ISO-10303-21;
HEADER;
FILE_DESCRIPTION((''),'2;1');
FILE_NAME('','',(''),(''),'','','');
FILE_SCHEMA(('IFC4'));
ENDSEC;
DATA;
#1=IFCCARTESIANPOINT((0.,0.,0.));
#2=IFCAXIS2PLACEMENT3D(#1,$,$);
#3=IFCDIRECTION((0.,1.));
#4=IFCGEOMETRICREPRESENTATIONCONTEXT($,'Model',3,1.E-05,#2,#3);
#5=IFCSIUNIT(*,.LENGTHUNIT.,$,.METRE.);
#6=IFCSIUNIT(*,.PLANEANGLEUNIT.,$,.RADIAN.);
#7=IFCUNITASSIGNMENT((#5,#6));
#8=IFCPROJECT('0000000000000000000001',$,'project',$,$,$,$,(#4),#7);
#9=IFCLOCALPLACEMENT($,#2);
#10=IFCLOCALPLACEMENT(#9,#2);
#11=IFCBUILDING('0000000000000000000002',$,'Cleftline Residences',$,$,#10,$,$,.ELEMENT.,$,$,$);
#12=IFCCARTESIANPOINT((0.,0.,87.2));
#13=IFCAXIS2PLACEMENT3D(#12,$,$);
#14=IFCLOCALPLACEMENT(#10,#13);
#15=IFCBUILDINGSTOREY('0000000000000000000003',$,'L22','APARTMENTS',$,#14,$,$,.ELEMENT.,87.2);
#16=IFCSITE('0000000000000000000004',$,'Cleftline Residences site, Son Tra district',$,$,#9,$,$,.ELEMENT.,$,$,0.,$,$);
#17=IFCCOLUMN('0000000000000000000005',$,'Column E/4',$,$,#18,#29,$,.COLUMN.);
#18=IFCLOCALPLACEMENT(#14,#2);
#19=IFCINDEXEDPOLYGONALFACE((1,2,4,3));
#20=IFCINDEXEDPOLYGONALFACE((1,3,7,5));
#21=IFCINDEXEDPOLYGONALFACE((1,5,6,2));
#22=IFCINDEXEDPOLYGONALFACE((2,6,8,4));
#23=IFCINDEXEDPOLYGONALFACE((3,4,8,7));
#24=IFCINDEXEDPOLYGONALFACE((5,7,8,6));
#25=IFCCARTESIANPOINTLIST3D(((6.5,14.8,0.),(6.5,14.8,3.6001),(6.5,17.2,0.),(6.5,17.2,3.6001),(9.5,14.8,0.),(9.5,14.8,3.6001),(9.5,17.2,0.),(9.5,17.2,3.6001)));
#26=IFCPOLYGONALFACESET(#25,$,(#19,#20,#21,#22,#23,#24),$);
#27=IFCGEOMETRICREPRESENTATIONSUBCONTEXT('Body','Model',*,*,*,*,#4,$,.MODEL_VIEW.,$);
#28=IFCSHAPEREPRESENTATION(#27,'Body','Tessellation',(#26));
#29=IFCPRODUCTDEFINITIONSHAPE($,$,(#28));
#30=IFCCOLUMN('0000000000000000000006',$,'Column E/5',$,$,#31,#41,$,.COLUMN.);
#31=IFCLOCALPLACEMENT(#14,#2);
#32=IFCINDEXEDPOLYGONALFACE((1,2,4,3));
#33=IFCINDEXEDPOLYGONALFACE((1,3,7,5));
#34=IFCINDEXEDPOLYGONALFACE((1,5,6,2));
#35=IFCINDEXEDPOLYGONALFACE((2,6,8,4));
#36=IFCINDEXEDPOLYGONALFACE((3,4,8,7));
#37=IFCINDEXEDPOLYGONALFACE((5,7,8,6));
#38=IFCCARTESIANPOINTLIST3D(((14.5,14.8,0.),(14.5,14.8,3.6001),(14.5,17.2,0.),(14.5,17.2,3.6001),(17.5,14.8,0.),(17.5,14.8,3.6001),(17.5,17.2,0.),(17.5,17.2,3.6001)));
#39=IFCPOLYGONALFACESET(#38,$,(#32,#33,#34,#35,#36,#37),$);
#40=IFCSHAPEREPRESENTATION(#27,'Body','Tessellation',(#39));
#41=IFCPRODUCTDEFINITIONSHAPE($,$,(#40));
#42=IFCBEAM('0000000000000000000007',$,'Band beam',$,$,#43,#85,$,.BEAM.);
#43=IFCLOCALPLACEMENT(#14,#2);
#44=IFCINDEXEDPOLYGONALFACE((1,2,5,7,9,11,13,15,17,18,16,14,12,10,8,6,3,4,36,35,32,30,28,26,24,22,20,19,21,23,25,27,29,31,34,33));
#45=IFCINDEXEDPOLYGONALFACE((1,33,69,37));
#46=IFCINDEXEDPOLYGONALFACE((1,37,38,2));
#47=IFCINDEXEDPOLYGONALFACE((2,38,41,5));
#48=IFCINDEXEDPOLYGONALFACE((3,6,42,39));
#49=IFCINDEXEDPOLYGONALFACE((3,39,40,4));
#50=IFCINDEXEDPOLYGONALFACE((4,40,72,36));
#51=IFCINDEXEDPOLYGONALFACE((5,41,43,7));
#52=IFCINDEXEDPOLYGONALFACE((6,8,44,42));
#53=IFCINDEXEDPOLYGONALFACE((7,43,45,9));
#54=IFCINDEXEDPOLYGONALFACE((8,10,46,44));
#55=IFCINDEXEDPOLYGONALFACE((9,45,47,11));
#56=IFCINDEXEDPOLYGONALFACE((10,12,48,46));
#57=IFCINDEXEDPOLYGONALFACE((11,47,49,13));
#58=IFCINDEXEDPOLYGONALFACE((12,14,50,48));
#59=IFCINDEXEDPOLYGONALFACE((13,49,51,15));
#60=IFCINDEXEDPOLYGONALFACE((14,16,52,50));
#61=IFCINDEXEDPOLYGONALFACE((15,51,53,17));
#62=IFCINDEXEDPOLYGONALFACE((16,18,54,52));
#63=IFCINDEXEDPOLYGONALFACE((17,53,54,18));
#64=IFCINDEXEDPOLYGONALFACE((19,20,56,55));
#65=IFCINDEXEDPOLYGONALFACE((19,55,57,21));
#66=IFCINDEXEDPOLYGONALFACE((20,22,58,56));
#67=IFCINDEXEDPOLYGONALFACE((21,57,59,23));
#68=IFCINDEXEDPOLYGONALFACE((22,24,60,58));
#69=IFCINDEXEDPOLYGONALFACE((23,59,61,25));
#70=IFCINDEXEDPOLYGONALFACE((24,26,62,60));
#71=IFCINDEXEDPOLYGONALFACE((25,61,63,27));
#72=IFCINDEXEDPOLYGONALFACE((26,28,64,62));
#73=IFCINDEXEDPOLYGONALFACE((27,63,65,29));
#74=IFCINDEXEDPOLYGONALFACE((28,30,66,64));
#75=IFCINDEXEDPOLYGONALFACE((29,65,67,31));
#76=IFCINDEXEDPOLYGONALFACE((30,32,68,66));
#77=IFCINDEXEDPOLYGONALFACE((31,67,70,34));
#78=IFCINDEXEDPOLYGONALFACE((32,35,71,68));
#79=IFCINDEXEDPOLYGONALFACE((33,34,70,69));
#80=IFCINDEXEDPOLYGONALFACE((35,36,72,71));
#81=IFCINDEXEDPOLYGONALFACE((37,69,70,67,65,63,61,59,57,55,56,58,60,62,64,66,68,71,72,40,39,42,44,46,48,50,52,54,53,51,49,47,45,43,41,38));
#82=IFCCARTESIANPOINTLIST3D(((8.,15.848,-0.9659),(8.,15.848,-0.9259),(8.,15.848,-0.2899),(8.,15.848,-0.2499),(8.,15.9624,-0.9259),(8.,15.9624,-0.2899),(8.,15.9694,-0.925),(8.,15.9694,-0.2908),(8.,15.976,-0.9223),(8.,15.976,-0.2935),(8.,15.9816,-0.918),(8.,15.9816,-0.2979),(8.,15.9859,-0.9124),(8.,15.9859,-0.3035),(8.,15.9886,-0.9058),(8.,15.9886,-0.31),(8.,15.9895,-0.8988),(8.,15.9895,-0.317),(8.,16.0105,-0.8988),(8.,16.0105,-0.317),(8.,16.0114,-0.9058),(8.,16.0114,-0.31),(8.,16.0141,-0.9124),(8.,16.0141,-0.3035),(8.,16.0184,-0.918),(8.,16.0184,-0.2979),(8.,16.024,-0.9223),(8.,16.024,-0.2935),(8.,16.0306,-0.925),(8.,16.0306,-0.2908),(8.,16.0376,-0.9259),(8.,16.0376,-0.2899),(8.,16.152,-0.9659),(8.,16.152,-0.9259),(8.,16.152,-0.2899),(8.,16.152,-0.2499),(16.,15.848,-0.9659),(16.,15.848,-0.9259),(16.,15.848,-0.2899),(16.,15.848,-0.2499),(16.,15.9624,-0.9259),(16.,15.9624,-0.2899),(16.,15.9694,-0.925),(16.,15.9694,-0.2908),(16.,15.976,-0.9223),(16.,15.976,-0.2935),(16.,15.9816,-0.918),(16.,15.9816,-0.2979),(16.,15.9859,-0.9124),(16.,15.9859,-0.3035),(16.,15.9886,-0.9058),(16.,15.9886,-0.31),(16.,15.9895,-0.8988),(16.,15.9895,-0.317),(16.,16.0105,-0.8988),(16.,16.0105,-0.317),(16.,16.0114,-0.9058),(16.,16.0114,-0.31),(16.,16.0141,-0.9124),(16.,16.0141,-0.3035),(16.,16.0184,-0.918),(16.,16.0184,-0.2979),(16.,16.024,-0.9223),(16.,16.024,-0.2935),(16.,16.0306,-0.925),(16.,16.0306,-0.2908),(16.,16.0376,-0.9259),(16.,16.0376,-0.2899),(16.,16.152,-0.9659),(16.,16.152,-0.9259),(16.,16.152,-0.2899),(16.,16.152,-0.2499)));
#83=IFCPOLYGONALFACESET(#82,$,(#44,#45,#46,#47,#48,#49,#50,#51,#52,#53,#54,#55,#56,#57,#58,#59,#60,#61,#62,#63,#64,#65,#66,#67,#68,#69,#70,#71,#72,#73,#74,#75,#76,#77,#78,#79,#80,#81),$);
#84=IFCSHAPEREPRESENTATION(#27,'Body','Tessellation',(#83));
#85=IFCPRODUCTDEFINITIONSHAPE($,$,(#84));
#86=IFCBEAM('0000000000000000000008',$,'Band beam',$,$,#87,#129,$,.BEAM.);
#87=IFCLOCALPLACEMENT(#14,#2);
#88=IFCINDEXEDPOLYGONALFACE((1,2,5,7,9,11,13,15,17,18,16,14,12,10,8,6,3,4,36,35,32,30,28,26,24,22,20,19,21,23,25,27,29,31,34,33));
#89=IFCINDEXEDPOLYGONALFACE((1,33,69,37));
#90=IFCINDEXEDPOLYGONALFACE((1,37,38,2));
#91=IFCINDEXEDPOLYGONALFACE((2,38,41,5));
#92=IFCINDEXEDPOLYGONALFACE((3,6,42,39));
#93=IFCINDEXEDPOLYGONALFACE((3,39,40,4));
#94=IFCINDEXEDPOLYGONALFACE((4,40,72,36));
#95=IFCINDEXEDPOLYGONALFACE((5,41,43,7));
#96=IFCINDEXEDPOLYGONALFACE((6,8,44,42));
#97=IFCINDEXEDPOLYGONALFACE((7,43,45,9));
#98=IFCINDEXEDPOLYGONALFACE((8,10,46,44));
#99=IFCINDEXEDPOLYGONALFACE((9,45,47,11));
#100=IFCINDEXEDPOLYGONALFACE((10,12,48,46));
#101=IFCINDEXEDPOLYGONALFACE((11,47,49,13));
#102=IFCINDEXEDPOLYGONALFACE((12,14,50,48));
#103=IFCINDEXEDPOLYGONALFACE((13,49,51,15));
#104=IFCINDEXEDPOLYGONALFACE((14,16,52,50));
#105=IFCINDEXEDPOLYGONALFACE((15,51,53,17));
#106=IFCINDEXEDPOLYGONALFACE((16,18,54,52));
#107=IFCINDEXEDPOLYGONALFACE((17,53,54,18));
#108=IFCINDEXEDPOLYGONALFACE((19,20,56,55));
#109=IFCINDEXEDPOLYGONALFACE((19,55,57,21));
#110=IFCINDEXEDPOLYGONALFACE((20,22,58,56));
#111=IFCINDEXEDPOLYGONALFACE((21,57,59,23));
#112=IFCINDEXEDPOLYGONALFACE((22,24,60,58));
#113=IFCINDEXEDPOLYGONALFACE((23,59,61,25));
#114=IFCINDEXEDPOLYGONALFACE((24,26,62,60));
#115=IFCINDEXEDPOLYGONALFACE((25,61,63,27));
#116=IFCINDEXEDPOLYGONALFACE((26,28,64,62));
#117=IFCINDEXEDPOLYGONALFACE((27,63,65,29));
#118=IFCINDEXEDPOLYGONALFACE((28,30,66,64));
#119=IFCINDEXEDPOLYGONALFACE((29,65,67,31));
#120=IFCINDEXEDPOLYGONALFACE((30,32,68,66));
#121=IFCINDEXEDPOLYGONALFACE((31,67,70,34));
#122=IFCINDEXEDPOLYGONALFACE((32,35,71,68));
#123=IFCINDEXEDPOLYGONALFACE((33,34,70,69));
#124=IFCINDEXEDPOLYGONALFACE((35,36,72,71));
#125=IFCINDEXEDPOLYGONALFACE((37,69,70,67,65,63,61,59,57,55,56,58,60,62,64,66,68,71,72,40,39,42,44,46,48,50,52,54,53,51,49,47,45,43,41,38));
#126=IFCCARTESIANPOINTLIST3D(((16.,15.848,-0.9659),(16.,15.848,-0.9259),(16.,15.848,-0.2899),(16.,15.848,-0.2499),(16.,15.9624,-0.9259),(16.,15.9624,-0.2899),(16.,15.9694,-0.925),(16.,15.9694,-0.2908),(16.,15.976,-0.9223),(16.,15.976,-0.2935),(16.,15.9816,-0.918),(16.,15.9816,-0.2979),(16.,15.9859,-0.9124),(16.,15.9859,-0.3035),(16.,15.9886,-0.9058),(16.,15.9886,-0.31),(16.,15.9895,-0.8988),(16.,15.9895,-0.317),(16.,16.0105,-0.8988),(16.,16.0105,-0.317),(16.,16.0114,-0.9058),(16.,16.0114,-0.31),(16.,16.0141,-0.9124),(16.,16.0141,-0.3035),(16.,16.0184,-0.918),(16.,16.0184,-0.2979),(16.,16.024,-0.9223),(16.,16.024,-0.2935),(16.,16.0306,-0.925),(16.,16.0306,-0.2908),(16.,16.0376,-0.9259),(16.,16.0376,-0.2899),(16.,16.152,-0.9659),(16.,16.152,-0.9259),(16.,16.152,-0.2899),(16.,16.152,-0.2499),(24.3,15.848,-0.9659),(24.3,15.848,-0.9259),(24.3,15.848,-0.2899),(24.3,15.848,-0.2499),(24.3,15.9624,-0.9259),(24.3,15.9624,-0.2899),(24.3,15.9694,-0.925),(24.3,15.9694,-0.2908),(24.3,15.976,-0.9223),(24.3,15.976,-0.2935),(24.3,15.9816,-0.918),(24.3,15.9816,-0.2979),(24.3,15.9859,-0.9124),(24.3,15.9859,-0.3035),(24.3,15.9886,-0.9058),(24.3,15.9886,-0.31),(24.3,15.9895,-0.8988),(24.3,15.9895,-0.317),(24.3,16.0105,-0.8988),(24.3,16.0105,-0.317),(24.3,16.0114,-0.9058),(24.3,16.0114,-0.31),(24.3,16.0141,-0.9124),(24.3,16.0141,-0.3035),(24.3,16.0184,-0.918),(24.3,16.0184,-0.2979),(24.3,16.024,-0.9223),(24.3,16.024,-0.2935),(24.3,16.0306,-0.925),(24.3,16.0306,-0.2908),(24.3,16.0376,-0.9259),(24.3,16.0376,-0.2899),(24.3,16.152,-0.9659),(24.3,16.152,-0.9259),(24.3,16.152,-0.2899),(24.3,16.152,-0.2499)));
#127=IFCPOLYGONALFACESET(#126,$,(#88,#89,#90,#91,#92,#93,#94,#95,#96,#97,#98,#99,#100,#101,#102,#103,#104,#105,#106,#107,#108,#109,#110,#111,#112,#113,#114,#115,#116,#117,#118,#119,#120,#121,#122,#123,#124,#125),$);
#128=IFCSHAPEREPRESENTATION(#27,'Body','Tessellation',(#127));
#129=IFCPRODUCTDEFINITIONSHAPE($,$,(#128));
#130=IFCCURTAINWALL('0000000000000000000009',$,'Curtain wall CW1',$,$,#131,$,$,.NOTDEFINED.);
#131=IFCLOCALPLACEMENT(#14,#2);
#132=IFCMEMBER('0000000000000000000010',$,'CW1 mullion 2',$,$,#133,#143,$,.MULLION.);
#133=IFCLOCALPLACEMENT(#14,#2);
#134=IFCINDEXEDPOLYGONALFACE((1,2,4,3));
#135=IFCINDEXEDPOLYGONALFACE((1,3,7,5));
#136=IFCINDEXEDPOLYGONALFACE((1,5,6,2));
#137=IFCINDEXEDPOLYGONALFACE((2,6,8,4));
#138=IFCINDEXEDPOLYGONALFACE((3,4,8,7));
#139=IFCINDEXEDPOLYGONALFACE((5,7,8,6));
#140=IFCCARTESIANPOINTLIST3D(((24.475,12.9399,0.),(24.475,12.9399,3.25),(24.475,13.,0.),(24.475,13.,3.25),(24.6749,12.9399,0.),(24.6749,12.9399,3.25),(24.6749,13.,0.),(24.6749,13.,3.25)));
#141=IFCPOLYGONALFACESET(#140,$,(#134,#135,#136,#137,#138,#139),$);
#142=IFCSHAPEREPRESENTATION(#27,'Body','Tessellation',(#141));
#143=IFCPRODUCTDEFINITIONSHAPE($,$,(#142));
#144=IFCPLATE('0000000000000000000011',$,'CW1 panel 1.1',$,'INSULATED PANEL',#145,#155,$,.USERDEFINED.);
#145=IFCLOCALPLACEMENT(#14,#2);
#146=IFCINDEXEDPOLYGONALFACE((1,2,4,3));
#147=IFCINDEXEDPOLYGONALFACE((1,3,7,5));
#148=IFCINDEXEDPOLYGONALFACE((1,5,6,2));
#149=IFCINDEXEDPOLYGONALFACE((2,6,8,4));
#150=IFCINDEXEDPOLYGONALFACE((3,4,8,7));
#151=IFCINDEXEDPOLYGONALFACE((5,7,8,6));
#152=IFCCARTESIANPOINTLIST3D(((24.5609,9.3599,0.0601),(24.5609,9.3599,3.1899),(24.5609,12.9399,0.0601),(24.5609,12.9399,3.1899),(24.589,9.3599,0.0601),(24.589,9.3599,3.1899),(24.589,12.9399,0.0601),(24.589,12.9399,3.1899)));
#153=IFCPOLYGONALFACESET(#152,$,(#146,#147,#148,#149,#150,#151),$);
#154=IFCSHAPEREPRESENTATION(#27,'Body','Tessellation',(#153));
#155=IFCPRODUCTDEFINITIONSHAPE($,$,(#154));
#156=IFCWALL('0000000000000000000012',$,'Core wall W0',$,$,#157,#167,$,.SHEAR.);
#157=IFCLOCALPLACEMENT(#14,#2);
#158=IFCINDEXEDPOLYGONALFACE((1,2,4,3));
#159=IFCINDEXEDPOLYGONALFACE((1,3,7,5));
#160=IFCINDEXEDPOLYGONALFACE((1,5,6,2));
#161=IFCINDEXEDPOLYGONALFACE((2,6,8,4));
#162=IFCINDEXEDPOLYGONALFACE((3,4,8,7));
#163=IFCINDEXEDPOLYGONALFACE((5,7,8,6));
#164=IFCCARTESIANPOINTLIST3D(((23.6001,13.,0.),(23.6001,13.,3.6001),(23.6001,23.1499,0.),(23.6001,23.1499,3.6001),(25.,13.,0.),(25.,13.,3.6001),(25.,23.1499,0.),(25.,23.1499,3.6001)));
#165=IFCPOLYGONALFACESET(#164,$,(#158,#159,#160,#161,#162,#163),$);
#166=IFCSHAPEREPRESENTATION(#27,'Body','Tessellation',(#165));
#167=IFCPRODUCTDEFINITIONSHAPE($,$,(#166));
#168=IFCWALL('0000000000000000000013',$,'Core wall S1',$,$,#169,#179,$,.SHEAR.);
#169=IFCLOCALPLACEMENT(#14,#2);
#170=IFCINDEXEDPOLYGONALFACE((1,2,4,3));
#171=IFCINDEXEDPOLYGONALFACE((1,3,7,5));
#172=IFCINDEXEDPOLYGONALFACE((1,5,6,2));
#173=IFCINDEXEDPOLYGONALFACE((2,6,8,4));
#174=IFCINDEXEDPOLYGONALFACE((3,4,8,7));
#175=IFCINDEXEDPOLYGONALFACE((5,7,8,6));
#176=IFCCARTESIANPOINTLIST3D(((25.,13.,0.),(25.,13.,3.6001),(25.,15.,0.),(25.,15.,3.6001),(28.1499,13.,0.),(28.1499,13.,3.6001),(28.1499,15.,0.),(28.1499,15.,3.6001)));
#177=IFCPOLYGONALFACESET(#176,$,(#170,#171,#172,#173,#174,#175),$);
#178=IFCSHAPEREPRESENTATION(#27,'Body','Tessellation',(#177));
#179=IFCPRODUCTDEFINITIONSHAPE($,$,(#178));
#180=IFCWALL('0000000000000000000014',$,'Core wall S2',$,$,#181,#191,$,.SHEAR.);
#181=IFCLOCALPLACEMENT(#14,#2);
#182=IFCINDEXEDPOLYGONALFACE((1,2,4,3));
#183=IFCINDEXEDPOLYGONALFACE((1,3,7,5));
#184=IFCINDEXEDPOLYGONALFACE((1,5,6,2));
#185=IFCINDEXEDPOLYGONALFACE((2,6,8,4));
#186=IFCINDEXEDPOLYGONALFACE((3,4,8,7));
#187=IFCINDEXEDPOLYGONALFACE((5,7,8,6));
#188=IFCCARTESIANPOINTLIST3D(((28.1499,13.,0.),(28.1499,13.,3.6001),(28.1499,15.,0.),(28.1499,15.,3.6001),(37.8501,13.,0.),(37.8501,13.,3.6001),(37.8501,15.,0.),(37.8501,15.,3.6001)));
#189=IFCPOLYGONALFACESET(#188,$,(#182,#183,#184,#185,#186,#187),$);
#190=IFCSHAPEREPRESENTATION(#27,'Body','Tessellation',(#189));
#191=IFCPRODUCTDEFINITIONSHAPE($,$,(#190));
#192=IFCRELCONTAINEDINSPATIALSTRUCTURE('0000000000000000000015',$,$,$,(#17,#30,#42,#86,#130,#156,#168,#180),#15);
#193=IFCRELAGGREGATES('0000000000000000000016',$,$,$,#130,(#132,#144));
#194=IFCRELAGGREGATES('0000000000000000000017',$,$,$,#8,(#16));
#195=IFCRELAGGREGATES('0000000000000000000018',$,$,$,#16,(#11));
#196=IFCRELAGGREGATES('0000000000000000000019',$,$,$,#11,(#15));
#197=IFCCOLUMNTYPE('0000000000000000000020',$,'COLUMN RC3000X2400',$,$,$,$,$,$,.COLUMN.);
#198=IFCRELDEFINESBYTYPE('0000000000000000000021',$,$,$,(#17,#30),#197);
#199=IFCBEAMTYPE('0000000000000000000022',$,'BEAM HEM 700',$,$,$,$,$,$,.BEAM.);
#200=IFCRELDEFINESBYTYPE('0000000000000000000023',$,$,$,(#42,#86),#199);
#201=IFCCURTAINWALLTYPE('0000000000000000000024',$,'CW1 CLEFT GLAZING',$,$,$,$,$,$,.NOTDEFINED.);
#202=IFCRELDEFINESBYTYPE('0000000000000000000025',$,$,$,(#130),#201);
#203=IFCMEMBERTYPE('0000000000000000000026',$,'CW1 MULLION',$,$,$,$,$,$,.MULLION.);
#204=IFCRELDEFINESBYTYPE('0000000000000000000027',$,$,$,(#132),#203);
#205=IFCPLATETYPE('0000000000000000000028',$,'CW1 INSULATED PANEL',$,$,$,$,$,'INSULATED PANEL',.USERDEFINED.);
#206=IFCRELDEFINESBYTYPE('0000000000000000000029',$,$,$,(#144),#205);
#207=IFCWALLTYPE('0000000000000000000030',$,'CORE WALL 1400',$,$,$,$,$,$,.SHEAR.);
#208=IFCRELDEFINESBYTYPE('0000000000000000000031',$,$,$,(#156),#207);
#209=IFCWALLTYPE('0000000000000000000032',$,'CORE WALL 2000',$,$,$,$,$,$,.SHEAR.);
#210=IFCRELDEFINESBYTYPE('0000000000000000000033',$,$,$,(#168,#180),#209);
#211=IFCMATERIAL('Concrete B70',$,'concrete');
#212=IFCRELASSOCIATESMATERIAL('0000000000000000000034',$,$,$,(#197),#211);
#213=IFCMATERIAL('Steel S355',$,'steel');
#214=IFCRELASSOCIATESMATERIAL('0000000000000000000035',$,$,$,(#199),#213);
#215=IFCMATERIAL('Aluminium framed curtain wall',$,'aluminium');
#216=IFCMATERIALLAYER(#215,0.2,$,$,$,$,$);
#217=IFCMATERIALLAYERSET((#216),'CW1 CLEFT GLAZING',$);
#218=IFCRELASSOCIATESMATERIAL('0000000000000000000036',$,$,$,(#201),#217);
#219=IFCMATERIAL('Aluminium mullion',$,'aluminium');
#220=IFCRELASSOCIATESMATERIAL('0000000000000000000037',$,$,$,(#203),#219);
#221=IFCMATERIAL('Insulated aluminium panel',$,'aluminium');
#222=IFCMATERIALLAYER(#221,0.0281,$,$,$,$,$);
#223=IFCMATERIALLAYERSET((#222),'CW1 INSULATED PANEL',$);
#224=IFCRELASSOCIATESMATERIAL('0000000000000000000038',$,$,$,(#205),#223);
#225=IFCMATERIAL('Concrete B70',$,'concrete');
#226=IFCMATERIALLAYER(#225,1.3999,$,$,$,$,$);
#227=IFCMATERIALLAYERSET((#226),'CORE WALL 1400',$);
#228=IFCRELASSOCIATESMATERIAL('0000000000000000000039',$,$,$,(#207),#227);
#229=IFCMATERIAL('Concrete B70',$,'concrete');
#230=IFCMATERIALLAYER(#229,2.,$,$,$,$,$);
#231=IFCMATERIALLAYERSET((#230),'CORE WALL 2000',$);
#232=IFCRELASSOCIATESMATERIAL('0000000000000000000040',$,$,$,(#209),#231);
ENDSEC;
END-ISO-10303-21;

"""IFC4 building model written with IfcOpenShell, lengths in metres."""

from ifc_helpers import new_model, si_unit, direction, frame, frame_2d, origin, origin_2d, place, context, subcontext, project, spatial, rectangle, i_section, extrude, material, layer, layer_set, material_profile, profile_set, type_object, element, aggregate, save


model = new_model("IFC4")

# Units and contexts
model_context = context("Model", 3, precision=1e-05, world=origin(), true_north=direction((0.0, 1.0)))
body_context = subcontext(model_context, "Body", "Model", "MODEL_VIEW")
ifc_project = project(units=[si_unit("LENGTHUNIT", "METRE"), si_unit("PLANEANGLEUNIT", "RADIAN")], contexts=[model_context])

# Site, building, storey
site_placement = place(None, origin())
site = spatial("IfcSite", under=ifc_project, at=site_placement, Name="Cleftline Residences site, Son Tra district", CompositionType="ELEMENT", RefElevation=0.0)
building_placement = place(site_placement, origin())
building = spatial("IfcBuilding", under=site, at=building_placement, Name="Cleftline Residences", CompositionType="ELEMENT")
storey_placement = place(building_placement, frame((0.0, 0.0, 87.2)))
storey = spatial("IfcBuildingStorey", under=building, at=storey_placement, Name="L22", Description="APARTMENTS", CompositionType="ELEMENT", Elevation=87.2)

# Columns
ifc_material_1 = material(Name="Concrete B70", Category="concrete")
ifc_material_profile_1 = material_profile(ifc_material_1, rectangle(XDim=3.0, YDim=2.3999, at=origin_2d()))
ifc_profile_set_1 = profile_set([ifc_material_profile_1], Name="Concrete B70")
column_type = type_object("IfcColumnType", Name="COLUMN RC3000X2400", PredefinedType="COLUMN", material=ifc_profile_set_1)
for number, where, z_axis, x_axis, name in (
    (1, (8.0, 16.0, 0.0), (0.0, 0.0, 1.0), (1.0, 0.0, 0.0), "Column E/4"),
    (2, (16.0, 16.0, 0.0), (0.0, 0.0, 1.0), (1.0, 0.0, 0.0), "Column E/5"),
):
    element("IfcColumn", number, at=place(storey_placement, frame(where, z_axis=z_axis, x_axis=x_axis)), inside=storey, type_object=column_type, Name=name, PredefinedType="COLUMN", context=body_context, shape_type="SweptSolid", body=[
        extrude(rectangle(XDim=3.0, YDim=2.3999, at=origin_2d()), origin(), (0.0, 0.0, 1.0), 3.6001),
    ])

# Beams
ifc_material_2 = material(Name="Steel S355", Category="steel")
ifc_material_profile_2 = material_profile(ifc_material_2, i_section(OverallWidth=0.304, OverallDepth=0.7161, WebThickness=0.021, FlangeThickness=0.04, FilletRadius=0.0271, at=origin_2d()))
ifc_profile_set_2 = profile_set([ifc_material_profile_2], Name="Steel S355")
beam_type = type_object("IfcBeamType", Name="BEAM HEM 700", PredefinedType="BEAM", material=ifc_profile_set_2)
beam_1_placement = place(storey_placement, frame((8.0, 16.0, -0.6079), z_axis=(1.0, 0.0, 0.0), x_axis=(0.0, 1.0, 0.0)))
element("IfcBeam", 3, at=beam_1_placement, inside=storey, type_object=beam_type, Name="Band beam", PredefinedType="BEAM", context=body_context, shape_type="SweptSolid", body=[
    extrude(i_section(OverallWidth=0.304, OverallDepth=0.7161, WebThickness=0.021, FlangeThickness=0.04, FilletRadius=0.0271, at=origin_2d()), origin(), (0.0, 0.0, 1.0), 8.0),
])
beam_2_placement = place(storey_placement, frame((16.0, 16.0, -0.6079), z_axis=(1.0, 0.0, 0.0), x_axis=(0.0, 1.0, 0.0)))
element("IfcBeam", 4, at=beam_2_placement, inside=storey, type_object=beam_type, Name="Band beam", PredefinedType="BEAM", context=body_context, shape_type="SweptSolid", body=[
    extrude(i_section(OverallWidth=0.304, OverallDepth=0.7161, WebThickness=0.021, FlangeThickness=0.04, FilletRadius=0.0271, at=origin_2d()), origin(), (0.0, 0.0, 1.0), 8.3),
])

# Curtain wall, member, plate
ifc_material_3 = material(Name="Aluminium framed curtain wall", Category="aluminium")
ifc_layer_1 = layer(ifc_material_3, 0.2)
ifc_layer_set_1 = layer_set([ifc_layer_1], Name="CW1 CLEFT GLAZING")
curtain_wall_type = type_object("IfcCurtainWallType", Name="CW1 CLEFT GLAZING", PredefinedType="NOTDEFINED", material=ifc_layer_set_1)
curtain_wall_placement = place(storey_placement, origin())
curtain_wall = element("IfcCurtainWall", 5, at=curtain_wall_placement, inside=storey, type_object=curtain_wall_type, Name="Curtain wall CW1", PredefinedType="NOTDEFINED")
ifc_material_4 = material(Name="Aluminium mullion", Category="aluminium")
ifc_material_profile_3 = material_profile(ifc_material_4, rectangle(XDim=0.2, YDim=0.0601, at=origin_2d()))
ifc_profile_set_3 = profile_set([ifc_material_profile_3], Name="Aluminium mullion")
member_type = type_object("IfcMemberType", Name="CW1 MULLION", PredefinedType="MULLION", material=ifc_profile_set_3)
member_placement = place(storey_placement, frame((24.575, 12.97, 0.0), z_axis=(0.0, 0.0, 1.0), x_axis=(-1.0, 0.0, 0.0)))
member = element("IfcMember", 6, at=member_placement, type_object=member_type, Name="CW1 mullion 2", PredefinedType="MULLION", context=body_context, shape_type="SweptSolid", body=[
    extrude(rectangle(XDim=0.2, YDim=0.0601, at=origin_2d()), origin(), (0.0, 0.0, 1.0), 3.25),
])
ifc_material_5 = material(Name="Insulated aluminium panel", Category="aluminium")
ifc_layer_2 = layer(ifc_material_5, 0.0281)
ifc_layer_set_2 = layer_set([ifc_layer_2], Name="CW1 INSULATED PANEL")
plate_type = type_object("IfcPlateType", Name="CW1 INSULATED PANEL", ElementType="INSULATED PANEL", PredefinedType="USERDEFINED", material=ifc_layer_set_2)
plate_placement = place(storey_placement, frame((24.575, 11.1499, 0.0601), z_axis=(0.0, 0.0, 1.0), x_axis=(0.0, 1.0, 0.0)))
plate = element("IfcPlate", 7, at=plate_placement, type_object=plate_type, Name="CW1 panel 1.1", ObjectType="INSULATED PANEL", PredefinedType="USERDEFINED", context=body_context, shape_type="SweptSolid", body=[
    extrude(rectangle(XDim=3.5801, YDim=0.0281, at=origin_2d()), origin(), (0.0, 0.0, 1.0), 3.1299),
])
aggregate(curtain_wall, [member, plate])

# Wall
ifc_material_6 = material(Name="Concrete B70", Category="concrete")
ifc_layer_3 = layer(ifc_material_6, 1.3999)
ifc_layer_set_3 = layer_set([ifc_layer_3], Name="CORE WALL 1400")
wall_type_1 = type_object("IfcWallType", Name="CORE WALL 1400", PredefinedType="SHEAR", material=ifc_layer_set_3)
wall_1_placement = place(storey_placement, frame((24.3, 13.0, 0.0), z_axis=(0.0, 0.0, 1.0), x_axis=(0.0, 1.0, 0.0)))
element("IfcWall", 8, at=wall_1_placement, inside=storey, type_object=wall_type_1, Name="Core wall W0", PredefinedType="SHEAR", context=body_context, shape_type="SweptSolid", body=[
    extrude(rectangle(XDim=10.1499, YDim=1.3999, at=frame_2d((5.075, 0.0))), origin(), (0.0, 0.0, 1.0), 3.6001),
])

# Walls
ifc_material_7 = material(Name="Concrete B70", Category="concrete")
ifc_layer_4 = layer(ifc_material_7, 2.0)
ifc_layer_set_4 = layer_set([ifc_layer_4], Name="CORE WALL 2000")
wall_type_2 = type_object("IfcWallType", Name="CORE WALL 2000", PredefinedType="SHEAR", material=ifc_layer_set_4)
wall_2_placement = place(storey_placement, frame((25.0, 14.0, 0.0), z_axis=(0.0, 0.0, 1.0), x_axis=(1.0, 0.0, 0.0)))
element("IfcWall", 9, at=wall_2_placement, inside=storey, type_object=wall_type_2, Name="Core wall S1", PredefinedType="SHEAR", context=body_context, shape_type="SweptSolid", body=[
    extrude(rectangle(XDim=3.1499, YDim=2.0, at=frame_2d((1.575, 0.0))), origin(), (0.0, 0.0, 1.0), 3.6001),
])
wall_3_placement = place(storey_placement, frame((28.1499, 14.0, 0.0), z_axis=(0.0, 0.0, 1.0), x_axis=(1.0, 0.0, 0.0)))
element("IfcWall", 10, at=wall_3_placement, inside=storey, type_object=wall_type_2, Name="Core wall S2", PredefinedType="SHEAR", context=body_context, shape_type="SweptSolid", body=[
    extrude(rectangle(XDim=9.7002, YDim=2.0, at=frame_2d((4.8501, 0.0))), origin(), (0.0, 0.0, 1.0), 3.6001),
])

save(model, "model.ifc")
